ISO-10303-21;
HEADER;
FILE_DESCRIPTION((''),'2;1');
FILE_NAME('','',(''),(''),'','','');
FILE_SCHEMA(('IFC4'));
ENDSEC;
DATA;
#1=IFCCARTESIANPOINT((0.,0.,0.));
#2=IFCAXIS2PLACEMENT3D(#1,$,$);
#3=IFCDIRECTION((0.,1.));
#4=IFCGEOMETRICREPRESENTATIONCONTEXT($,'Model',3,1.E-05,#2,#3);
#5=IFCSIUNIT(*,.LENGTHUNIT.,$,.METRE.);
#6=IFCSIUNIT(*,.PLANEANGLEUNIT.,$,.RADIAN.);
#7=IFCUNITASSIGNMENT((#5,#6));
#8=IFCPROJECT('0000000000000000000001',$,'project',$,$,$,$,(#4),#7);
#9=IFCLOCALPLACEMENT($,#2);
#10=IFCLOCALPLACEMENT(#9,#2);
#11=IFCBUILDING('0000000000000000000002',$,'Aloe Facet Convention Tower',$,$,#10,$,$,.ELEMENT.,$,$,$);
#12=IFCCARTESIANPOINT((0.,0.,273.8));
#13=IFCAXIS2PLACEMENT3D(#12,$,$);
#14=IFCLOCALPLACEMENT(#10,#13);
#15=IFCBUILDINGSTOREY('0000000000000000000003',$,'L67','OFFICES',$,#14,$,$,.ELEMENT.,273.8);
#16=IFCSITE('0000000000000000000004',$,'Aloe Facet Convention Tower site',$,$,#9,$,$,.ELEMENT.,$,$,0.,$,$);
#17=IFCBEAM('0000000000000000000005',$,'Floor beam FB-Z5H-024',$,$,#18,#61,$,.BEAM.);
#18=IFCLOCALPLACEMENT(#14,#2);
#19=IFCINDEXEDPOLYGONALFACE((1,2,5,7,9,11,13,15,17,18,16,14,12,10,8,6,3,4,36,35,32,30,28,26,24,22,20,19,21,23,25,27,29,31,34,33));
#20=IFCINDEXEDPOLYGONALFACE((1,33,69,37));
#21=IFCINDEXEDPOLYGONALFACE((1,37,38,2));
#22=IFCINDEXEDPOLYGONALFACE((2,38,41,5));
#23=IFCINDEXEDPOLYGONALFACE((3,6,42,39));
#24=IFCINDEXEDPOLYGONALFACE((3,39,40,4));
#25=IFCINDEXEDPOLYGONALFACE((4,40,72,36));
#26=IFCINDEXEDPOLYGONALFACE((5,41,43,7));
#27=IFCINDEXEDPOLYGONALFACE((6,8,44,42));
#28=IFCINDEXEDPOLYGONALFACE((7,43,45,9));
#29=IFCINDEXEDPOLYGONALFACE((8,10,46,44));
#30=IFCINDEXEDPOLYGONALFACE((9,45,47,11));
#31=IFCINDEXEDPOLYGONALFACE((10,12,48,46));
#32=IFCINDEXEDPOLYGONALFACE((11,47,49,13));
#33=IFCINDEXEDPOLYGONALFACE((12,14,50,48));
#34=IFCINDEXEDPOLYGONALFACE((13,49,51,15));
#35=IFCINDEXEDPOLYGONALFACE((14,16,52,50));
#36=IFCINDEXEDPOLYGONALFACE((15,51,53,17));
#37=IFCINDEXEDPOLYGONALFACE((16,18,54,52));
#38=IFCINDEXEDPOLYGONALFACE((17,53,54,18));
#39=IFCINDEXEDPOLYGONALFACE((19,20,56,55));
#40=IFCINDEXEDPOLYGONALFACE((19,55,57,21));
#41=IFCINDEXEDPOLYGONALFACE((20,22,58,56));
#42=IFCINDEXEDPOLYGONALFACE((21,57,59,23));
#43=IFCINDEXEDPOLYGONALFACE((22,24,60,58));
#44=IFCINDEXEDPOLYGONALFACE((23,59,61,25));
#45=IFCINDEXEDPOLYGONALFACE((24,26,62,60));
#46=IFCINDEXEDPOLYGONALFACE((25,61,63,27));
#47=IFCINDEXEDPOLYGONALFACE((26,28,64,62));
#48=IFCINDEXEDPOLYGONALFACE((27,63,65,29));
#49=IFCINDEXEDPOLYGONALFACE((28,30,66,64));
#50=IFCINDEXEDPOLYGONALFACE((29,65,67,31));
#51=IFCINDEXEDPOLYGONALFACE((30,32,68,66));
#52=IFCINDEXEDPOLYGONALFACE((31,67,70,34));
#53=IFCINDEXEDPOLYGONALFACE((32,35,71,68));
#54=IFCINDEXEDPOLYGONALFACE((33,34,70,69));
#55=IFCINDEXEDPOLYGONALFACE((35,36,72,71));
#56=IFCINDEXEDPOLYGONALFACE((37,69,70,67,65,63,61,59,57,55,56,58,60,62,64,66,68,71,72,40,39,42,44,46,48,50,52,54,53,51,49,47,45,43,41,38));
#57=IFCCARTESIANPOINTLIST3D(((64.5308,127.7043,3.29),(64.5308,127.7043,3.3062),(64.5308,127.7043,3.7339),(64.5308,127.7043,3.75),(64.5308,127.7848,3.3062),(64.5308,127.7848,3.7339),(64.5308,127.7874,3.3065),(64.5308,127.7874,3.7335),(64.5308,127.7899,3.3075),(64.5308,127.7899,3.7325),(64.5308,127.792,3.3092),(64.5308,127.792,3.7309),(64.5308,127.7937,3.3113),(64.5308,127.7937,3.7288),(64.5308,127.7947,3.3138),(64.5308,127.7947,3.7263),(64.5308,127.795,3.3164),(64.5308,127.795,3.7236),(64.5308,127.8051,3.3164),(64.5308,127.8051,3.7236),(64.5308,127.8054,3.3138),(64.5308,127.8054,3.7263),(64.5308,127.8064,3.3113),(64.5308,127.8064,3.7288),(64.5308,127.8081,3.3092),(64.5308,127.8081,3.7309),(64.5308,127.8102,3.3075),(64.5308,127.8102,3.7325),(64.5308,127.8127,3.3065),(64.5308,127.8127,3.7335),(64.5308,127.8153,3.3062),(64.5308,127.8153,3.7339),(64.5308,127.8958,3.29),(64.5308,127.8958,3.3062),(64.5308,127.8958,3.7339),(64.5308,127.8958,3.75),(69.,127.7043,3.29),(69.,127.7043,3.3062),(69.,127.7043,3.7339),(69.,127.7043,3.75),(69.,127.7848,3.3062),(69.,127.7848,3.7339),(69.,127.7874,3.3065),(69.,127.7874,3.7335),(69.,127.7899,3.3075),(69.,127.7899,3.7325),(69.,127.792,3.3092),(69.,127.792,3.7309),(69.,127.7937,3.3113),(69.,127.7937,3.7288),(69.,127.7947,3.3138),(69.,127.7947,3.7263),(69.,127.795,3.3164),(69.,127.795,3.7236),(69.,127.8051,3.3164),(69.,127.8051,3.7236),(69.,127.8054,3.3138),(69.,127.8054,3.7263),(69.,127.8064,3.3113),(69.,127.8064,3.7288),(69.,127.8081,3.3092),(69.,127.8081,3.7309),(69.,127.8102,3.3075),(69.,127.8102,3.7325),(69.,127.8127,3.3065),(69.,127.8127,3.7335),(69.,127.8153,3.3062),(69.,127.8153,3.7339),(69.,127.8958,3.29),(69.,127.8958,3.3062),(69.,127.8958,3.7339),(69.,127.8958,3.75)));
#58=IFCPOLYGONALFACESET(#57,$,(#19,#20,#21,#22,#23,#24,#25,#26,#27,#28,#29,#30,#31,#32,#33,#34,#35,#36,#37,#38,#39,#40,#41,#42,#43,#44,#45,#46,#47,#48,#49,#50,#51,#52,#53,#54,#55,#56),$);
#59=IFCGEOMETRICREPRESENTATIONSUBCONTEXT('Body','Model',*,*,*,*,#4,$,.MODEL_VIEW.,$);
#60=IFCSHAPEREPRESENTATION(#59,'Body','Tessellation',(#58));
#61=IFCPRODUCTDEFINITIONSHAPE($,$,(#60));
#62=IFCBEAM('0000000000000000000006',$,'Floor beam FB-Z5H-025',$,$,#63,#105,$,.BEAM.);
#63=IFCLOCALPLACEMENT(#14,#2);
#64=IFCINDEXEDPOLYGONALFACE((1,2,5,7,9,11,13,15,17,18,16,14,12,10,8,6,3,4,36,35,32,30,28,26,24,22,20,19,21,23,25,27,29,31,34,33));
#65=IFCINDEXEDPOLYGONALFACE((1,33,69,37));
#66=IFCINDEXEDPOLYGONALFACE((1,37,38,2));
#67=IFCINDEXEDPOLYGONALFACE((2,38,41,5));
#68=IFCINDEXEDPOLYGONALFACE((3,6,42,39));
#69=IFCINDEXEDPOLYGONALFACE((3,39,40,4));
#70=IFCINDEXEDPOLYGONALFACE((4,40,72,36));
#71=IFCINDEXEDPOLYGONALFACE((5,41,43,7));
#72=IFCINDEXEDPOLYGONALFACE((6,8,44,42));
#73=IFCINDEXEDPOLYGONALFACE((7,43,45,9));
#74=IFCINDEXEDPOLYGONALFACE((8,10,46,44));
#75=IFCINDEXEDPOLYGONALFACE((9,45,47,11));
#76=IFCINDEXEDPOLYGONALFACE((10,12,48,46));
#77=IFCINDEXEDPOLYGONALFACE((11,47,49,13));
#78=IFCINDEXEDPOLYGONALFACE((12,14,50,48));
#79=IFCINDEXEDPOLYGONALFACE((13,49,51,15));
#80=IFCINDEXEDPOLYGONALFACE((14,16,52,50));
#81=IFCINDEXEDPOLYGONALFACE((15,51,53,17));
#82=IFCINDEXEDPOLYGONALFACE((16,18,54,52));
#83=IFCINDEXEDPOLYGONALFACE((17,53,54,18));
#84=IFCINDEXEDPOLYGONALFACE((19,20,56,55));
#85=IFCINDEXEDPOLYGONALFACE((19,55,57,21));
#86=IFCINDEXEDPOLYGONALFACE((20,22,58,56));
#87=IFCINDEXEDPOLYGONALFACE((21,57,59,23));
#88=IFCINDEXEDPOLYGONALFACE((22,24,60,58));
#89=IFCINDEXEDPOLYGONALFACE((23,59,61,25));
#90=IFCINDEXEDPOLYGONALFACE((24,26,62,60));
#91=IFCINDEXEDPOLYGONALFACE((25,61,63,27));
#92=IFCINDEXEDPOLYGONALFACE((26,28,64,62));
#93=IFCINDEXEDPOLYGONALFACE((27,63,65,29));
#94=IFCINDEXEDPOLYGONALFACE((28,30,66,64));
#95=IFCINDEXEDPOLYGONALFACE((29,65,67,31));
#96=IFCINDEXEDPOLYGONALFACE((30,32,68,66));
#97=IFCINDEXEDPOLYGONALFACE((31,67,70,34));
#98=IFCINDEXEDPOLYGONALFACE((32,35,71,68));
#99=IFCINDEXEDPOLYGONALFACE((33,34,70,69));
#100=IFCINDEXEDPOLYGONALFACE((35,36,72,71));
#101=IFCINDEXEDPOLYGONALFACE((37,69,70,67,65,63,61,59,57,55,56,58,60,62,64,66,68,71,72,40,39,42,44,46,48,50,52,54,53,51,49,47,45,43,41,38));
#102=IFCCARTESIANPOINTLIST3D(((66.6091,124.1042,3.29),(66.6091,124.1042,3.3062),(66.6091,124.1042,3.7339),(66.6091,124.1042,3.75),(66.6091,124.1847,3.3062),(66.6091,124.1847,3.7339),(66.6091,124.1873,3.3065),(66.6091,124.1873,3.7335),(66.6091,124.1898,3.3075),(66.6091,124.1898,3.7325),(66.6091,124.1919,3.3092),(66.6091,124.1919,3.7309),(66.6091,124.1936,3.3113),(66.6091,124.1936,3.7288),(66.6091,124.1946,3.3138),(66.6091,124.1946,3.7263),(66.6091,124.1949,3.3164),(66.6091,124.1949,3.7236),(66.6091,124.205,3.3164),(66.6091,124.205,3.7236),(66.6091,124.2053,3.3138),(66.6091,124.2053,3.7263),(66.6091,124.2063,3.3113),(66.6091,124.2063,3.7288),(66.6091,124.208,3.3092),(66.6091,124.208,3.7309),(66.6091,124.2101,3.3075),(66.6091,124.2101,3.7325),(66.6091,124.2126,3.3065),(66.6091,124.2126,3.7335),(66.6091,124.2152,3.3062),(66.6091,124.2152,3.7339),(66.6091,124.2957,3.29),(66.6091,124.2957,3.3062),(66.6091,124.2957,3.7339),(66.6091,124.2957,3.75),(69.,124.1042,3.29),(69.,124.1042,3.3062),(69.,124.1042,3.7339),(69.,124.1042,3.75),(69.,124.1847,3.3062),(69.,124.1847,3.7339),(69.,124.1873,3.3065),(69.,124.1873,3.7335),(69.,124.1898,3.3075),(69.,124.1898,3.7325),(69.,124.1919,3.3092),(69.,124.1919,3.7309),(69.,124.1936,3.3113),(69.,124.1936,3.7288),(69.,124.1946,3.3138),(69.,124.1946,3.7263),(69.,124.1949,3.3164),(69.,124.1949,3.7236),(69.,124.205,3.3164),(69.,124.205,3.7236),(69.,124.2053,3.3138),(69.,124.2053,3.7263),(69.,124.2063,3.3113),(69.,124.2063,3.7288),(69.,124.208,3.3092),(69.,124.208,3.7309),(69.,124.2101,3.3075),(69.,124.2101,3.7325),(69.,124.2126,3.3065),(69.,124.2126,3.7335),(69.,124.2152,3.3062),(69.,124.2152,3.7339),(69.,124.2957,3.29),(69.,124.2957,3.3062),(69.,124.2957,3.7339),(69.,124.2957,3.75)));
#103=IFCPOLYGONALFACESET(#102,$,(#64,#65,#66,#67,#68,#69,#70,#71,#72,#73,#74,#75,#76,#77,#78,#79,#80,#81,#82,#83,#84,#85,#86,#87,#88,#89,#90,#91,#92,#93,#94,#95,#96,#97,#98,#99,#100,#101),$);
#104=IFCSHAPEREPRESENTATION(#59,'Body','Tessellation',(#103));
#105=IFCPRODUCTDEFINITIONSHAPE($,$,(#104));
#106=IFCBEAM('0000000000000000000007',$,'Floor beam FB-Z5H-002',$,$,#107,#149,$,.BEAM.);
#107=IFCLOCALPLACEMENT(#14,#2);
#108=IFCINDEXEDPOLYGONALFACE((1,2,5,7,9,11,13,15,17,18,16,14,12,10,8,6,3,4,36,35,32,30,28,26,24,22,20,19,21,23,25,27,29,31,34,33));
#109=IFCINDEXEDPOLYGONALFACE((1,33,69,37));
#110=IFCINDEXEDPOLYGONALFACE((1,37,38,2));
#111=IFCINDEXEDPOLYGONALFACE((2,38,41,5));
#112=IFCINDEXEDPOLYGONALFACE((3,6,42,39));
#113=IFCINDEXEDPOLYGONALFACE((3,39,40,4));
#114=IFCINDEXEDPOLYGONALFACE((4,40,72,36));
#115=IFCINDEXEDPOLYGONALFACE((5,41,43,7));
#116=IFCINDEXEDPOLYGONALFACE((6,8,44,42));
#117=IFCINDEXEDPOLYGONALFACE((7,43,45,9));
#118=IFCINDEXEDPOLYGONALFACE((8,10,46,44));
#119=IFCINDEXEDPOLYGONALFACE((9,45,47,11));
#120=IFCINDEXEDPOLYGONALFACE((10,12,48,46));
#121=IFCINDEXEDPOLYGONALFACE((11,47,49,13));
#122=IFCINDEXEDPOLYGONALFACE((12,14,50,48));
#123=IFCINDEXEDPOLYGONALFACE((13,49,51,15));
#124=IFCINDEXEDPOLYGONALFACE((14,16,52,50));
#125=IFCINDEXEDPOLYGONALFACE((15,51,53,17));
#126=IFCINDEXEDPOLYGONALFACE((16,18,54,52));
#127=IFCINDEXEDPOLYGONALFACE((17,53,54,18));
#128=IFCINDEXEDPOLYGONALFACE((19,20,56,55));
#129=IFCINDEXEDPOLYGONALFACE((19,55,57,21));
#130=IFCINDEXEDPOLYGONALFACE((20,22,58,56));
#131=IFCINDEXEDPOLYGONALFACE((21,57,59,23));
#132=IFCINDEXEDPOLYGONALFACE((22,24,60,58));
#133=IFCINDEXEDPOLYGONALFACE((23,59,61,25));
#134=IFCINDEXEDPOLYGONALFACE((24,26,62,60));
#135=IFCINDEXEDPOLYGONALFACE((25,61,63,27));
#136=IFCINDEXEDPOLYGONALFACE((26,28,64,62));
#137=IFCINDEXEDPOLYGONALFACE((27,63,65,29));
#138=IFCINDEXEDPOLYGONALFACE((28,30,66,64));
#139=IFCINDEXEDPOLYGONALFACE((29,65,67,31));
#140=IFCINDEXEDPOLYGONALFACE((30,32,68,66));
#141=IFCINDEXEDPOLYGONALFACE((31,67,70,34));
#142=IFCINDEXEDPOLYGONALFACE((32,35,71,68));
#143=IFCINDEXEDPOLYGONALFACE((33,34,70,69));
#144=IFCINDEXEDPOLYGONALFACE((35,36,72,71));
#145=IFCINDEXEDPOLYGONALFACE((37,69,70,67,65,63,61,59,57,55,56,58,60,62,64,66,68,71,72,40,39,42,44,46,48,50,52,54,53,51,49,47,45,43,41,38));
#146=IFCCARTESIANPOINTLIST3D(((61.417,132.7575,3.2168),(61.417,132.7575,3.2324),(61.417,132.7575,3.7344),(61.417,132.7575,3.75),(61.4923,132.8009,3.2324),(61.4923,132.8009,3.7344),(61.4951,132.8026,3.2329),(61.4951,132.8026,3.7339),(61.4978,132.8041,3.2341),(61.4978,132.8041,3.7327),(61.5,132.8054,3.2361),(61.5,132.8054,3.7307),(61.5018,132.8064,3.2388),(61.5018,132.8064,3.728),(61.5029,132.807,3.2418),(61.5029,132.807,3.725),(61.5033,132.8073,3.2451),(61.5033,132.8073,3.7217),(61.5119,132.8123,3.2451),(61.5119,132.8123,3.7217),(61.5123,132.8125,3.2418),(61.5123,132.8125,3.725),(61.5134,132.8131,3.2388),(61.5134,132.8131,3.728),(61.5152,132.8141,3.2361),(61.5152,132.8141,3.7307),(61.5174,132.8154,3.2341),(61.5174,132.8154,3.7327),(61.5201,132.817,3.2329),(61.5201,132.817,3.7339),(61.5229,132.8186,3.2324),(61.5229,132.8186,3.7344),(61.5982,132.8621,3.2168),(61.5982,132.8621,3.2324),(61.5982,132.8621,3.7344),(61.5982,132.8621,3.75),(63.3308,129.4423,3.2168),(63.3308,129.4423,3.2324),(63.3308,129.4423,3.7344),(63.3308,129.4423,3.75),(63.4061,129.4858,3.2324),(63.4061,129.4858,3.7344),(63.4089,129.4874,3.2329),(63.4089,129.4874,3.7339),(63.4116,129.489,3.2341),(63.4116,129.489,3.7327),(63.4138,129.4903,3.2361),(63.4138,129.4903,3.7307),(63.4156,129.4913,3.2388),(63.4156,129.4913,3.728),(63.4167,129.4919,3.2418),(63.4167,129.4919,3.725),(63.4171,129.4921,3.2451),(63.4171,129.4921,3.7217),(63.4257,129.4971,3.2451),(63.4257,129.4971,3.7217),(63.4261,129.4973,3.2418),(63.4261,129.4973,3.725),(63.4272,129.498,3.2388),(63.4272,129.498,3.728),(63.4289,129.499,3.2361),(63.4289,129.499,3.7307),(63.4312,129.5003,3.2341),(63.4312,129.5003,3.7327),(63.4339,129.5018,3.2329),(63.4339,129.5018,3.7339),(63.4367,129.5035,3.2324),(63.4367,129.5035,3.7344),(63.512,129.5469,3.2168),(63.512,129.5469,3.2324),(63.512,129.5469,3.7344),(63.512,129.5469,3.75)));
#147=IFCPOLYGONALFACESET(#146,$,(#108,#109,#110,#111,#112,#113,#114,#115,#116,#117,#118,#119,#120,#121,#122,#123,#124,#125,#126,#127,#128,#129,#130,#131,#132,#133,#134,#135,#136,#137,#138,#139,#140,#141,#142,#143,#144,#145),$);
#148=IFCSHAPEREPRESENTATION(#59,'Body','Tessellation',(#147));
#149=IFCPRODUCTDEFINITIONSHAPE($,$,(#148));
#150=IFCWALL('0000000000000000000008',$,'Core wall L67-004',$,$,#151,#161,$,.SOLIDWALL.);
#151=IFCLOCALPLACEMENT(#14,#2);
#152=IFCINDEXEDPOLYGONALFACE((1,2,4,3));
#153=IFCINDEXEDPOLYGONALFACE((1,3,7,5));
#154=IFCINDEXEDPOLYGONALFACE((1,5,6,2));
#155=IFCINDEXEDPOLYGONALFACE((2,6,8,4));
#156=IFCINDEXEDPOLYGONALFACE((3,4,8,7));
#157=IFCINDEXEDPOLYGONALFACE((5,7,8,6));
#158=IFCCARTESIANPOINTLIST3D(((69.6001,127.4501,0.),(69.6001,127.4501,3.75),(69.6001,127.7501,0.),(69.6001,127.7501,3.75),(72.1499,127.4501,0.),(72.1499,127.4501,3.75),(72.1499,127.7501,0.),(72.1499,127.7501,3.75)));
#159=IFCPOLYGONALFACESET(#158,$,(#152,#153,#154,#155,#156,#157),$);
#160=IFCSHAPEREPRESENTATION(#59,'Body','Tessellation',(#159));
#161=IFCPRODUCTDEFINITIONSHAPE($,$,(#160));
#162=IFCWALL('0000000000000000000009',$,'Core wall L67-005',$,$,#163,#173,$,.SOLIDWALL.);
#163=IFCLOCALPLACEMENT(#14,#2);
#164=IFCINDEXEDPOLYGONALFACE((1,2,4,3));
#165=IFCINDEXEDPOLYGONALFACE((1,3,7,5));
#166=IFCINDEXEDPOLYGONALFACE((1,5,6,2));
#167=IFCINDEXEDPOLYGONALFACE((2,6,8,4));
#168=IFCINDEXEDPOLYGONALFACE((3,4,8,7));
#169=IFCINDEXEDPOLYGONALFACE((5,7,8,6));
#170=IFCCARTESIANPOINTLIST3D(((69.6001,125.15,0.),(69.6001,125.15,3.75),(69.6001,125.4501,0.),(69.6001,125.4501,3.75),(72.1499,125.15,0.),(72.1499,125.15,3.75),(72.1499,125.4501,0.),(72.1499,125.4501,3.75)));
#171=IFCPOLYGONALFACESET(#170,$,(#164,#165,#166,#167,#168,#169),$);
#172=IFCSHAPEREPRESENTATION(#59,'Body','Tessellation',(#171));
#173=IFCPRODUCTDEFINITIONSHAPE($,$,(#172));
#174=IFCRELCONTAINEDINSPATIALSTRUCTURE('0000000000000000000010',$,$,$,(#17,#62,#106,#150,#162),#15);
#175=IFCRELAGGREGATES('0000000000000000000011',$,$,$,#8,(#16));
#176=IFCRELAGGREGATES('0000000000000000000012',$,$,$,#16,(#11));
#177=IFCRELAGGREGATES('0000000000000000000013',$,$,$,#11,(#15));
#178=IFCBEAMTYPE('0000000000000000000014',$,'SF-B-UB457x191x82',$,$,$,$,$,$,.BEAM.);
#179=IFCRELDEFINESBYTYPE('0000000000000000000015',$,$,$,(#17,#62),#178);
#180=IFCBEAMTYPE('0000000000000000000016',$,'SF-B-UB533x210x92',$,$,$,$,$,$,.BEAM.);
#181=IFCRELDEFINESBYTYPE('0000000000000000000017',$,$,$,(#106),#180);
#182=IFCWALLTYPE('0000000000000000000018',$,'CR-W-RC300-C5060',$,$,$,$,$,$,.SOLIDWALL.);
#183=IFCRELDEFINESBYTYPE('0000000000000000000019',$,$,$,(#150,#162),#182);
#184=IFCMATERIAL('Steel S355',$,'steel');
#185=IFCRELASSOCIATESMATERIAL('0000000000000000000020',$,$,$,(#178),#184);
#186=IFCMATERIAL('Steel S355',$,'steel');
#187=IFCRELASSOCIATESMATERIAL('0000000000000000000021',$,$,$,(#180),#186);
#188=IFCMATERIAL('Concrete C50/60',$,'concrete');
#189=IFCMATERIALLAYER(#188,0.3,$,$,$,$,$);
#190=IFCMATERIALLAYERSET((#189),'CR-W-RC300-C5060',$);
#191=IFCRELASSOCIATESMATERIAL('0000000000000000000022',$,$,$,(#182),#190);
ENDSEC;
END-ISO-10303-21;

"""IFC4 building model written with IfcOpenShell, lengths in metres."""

from ifc_helpers import new_model, si_unit, direction, frame, frame_2d, origin, origin_2d, place, context, subcontext, project, spatial, rectangle, i_section, extrude, material, layer, layer_set, material_profile, profile_set, type_object, element, save


model = new_model("IFC4")

# Units and contexts
model_context = context("Model", 3, precision=1e-05, world=origin(), true_north=direction((0.0, 1.0)))
body_context = subcontext(model_context, "Body", "Model", "MODEL_VIEW")
ifc_project = project(units=[si_unit("LENGTHUNIT", "METRE"), si_unit("PLANEANGLEUNIT", "RADIAN")], contexts=[model_context])

# Site, building, storey
site_placement = place(None, origin())
site = spatial("IfcSite", under=ifc_project, at=site_placement, Name="Aloe Facet Convention Tower site", CompositionType="ELEMENT", RefElevation=0.0)
building_placement = place(site_placement, origin())
building = spatial("IfcBuilding", under=site, at=building_placement, Name="Aloe Facet Convention Tower", CompositionType="ELEMENT")
storey_placement = place(building_placement, frame((0.0, 0.0, 273.8)))
storey = spatial("IfcBuildingStorey", under=building, at=storey_placement, Name="L67", Description="OFFICES", CompositionType="ELEMENT", Elevation=273.8)

# Beams
ifc_material_1 = material(Name="Steel S355", Category="steel")
ifc_material_profile_1 = material_profile(ifc_material_1, i_section(OverallWidth=0.1914, OverallDepth=0.46, WebThickness=0.01, FlangeThickness=0.0161, FilletRadius=0.0103, at=origin_2d()), Name="UB 457x191x82")
ifc_profile_set_1 = profile_set([ifc_material_profile_1], Name="Steel S355")
beam_type_1 = type_object("IfcBeamType", Name="SF-B-UB457x191x82", PredefinedType="BEAM", material=ifc_profile_set_1)
beam_1_placement = place(storey_placement, frame((64.5308, 127.8, 3.52), z_axis=(1.0, 0.0, 0.0), x_axis=(0.0, 1.0, 0.0)))
element("IfcBeam", 1, at=beam_1_placement, inside=storey, type_object=beam_type_1, Name="Floor beam FB-Z5H-024", PredefinedType="BEAM", context=body_context, shape_type="SweptSolid", body=[
    extrude(i_section(OverallWidth=0.1914, OverallDepth=0.46, WebThickness=0.01, FlangeThickness=0.0161, FilletRadius=0.0103, at=origin_2d()), origin(), (0.0, 0.0, 1.0), 4.4692),
])
beam_2_placement = place(storey_placement, frame((66.6091, 124.2, 3.52), z_axis=(1.0, 0.0, 0.0), x_axis=(0.0, 1.0, 0.0)))
element("IfcBeam", 2, at=beam_2_placement, inside=storey, type_object=beam_type_1, Name="Floor beam FB-Z5H-025", PredefinedType="BEAM", context=body_context, shape_type="SweptSolid", body=[
    extrude(i_section(OverallWidth=0.1914, OverallDepth=0.46, WebThickness=0.01, FlangeThickness=0.0161, FilletRadius=0.0103, at=origin_2d()), origin(), (0.0, 0.0, 1.0), 2.3909),
])
ifc_material_2 = material(Name="Steel S355", Category="steel")
ifc_material_profile_2 = material_profile(ifc_material_2, i_section(OverallWidth=0.2092, OverallDepth=0.5332, WebThickness=0.01, FlangeThickness=0.0156, FilletRadius=0.0127, at=origin_2d()), Name="UB 533x210x92")
ifc_profile_set_2 = profile_set([ifc_material_profile_2], Name="Steel S355")
beam_type_2 = type_object("IfcBeamType", Name="SF-B-UB533x210x92", PredefinedType="BEAM", material=ifc_profile_set_2)
beam_3_placement = place(storey_placement, frame((63.4214, 129.4946, 3.4834), z_axis=(-0.49996, 0.866049, 0.0), x_axis=(-0.866049, -0.49996, 0.0)))
element("IfcBeam", 3, at=beam_3_placement, inside=storey, type_object=beam_type_2, Name="Floor beam FB-Z5H-002", PredefinedType="BEAM", context=body_context, shape_type="SweptSolid", body=[
    extrude(i_section(OverallWidth=0.2092, OverallDepth=0.5332, WebThickness=0.01, FlangeThickness=0.0156, FilletRadius=0.0127, at=origin_2d()), origin(), (0.0, 0.0, 1.0), 3.8279),
])

# Walls
ifc_material_3 = material(Name="Concrete C50/60", Category="concrete")
ifc_layer_1 = layer(ifc_material_3, 0.3)
ifc_layer_set_1 = layer_set([ifc_layer_1], Name="CR-W-RC300-C5060")
wall_type_1 = type_object("IfcWallType", Name="CR-W-RC300-C5060", PredefinedType="SOLIDWALL", material=ifc_layer_set_1)
for number, where, z_axis, x_axis, name in (
    (4, (69.6001, 127.6001, 0.0), (0.0, 0.0, 1.0), (1.0, 0.0, 0.0), "Core wall L67-004"),
    (5, (69.6001, 125.3, 0.0), (0.0, 0.0, 1.0), (1.0, 0.0, 0.0), "Core wall L67-005"),
):
    element("IfcWall", number, at=place(storey_placement, frame(where, z_axis=z_axis, x_axis=x_axis)), inside=storey, type_object=wall_type_1, Name=name, PredefinedType="SOLIDWALL", context=body_context, shape_type="SweptSolid", body=[
        extrude(rectangle(XDim=2.5498, YDim=0.3, at=frame_2d((1.2749, 0.0))), origin(), (0.0, 0.0, 1.0), 3.75),
    ])

save(model, "model.ifc")
